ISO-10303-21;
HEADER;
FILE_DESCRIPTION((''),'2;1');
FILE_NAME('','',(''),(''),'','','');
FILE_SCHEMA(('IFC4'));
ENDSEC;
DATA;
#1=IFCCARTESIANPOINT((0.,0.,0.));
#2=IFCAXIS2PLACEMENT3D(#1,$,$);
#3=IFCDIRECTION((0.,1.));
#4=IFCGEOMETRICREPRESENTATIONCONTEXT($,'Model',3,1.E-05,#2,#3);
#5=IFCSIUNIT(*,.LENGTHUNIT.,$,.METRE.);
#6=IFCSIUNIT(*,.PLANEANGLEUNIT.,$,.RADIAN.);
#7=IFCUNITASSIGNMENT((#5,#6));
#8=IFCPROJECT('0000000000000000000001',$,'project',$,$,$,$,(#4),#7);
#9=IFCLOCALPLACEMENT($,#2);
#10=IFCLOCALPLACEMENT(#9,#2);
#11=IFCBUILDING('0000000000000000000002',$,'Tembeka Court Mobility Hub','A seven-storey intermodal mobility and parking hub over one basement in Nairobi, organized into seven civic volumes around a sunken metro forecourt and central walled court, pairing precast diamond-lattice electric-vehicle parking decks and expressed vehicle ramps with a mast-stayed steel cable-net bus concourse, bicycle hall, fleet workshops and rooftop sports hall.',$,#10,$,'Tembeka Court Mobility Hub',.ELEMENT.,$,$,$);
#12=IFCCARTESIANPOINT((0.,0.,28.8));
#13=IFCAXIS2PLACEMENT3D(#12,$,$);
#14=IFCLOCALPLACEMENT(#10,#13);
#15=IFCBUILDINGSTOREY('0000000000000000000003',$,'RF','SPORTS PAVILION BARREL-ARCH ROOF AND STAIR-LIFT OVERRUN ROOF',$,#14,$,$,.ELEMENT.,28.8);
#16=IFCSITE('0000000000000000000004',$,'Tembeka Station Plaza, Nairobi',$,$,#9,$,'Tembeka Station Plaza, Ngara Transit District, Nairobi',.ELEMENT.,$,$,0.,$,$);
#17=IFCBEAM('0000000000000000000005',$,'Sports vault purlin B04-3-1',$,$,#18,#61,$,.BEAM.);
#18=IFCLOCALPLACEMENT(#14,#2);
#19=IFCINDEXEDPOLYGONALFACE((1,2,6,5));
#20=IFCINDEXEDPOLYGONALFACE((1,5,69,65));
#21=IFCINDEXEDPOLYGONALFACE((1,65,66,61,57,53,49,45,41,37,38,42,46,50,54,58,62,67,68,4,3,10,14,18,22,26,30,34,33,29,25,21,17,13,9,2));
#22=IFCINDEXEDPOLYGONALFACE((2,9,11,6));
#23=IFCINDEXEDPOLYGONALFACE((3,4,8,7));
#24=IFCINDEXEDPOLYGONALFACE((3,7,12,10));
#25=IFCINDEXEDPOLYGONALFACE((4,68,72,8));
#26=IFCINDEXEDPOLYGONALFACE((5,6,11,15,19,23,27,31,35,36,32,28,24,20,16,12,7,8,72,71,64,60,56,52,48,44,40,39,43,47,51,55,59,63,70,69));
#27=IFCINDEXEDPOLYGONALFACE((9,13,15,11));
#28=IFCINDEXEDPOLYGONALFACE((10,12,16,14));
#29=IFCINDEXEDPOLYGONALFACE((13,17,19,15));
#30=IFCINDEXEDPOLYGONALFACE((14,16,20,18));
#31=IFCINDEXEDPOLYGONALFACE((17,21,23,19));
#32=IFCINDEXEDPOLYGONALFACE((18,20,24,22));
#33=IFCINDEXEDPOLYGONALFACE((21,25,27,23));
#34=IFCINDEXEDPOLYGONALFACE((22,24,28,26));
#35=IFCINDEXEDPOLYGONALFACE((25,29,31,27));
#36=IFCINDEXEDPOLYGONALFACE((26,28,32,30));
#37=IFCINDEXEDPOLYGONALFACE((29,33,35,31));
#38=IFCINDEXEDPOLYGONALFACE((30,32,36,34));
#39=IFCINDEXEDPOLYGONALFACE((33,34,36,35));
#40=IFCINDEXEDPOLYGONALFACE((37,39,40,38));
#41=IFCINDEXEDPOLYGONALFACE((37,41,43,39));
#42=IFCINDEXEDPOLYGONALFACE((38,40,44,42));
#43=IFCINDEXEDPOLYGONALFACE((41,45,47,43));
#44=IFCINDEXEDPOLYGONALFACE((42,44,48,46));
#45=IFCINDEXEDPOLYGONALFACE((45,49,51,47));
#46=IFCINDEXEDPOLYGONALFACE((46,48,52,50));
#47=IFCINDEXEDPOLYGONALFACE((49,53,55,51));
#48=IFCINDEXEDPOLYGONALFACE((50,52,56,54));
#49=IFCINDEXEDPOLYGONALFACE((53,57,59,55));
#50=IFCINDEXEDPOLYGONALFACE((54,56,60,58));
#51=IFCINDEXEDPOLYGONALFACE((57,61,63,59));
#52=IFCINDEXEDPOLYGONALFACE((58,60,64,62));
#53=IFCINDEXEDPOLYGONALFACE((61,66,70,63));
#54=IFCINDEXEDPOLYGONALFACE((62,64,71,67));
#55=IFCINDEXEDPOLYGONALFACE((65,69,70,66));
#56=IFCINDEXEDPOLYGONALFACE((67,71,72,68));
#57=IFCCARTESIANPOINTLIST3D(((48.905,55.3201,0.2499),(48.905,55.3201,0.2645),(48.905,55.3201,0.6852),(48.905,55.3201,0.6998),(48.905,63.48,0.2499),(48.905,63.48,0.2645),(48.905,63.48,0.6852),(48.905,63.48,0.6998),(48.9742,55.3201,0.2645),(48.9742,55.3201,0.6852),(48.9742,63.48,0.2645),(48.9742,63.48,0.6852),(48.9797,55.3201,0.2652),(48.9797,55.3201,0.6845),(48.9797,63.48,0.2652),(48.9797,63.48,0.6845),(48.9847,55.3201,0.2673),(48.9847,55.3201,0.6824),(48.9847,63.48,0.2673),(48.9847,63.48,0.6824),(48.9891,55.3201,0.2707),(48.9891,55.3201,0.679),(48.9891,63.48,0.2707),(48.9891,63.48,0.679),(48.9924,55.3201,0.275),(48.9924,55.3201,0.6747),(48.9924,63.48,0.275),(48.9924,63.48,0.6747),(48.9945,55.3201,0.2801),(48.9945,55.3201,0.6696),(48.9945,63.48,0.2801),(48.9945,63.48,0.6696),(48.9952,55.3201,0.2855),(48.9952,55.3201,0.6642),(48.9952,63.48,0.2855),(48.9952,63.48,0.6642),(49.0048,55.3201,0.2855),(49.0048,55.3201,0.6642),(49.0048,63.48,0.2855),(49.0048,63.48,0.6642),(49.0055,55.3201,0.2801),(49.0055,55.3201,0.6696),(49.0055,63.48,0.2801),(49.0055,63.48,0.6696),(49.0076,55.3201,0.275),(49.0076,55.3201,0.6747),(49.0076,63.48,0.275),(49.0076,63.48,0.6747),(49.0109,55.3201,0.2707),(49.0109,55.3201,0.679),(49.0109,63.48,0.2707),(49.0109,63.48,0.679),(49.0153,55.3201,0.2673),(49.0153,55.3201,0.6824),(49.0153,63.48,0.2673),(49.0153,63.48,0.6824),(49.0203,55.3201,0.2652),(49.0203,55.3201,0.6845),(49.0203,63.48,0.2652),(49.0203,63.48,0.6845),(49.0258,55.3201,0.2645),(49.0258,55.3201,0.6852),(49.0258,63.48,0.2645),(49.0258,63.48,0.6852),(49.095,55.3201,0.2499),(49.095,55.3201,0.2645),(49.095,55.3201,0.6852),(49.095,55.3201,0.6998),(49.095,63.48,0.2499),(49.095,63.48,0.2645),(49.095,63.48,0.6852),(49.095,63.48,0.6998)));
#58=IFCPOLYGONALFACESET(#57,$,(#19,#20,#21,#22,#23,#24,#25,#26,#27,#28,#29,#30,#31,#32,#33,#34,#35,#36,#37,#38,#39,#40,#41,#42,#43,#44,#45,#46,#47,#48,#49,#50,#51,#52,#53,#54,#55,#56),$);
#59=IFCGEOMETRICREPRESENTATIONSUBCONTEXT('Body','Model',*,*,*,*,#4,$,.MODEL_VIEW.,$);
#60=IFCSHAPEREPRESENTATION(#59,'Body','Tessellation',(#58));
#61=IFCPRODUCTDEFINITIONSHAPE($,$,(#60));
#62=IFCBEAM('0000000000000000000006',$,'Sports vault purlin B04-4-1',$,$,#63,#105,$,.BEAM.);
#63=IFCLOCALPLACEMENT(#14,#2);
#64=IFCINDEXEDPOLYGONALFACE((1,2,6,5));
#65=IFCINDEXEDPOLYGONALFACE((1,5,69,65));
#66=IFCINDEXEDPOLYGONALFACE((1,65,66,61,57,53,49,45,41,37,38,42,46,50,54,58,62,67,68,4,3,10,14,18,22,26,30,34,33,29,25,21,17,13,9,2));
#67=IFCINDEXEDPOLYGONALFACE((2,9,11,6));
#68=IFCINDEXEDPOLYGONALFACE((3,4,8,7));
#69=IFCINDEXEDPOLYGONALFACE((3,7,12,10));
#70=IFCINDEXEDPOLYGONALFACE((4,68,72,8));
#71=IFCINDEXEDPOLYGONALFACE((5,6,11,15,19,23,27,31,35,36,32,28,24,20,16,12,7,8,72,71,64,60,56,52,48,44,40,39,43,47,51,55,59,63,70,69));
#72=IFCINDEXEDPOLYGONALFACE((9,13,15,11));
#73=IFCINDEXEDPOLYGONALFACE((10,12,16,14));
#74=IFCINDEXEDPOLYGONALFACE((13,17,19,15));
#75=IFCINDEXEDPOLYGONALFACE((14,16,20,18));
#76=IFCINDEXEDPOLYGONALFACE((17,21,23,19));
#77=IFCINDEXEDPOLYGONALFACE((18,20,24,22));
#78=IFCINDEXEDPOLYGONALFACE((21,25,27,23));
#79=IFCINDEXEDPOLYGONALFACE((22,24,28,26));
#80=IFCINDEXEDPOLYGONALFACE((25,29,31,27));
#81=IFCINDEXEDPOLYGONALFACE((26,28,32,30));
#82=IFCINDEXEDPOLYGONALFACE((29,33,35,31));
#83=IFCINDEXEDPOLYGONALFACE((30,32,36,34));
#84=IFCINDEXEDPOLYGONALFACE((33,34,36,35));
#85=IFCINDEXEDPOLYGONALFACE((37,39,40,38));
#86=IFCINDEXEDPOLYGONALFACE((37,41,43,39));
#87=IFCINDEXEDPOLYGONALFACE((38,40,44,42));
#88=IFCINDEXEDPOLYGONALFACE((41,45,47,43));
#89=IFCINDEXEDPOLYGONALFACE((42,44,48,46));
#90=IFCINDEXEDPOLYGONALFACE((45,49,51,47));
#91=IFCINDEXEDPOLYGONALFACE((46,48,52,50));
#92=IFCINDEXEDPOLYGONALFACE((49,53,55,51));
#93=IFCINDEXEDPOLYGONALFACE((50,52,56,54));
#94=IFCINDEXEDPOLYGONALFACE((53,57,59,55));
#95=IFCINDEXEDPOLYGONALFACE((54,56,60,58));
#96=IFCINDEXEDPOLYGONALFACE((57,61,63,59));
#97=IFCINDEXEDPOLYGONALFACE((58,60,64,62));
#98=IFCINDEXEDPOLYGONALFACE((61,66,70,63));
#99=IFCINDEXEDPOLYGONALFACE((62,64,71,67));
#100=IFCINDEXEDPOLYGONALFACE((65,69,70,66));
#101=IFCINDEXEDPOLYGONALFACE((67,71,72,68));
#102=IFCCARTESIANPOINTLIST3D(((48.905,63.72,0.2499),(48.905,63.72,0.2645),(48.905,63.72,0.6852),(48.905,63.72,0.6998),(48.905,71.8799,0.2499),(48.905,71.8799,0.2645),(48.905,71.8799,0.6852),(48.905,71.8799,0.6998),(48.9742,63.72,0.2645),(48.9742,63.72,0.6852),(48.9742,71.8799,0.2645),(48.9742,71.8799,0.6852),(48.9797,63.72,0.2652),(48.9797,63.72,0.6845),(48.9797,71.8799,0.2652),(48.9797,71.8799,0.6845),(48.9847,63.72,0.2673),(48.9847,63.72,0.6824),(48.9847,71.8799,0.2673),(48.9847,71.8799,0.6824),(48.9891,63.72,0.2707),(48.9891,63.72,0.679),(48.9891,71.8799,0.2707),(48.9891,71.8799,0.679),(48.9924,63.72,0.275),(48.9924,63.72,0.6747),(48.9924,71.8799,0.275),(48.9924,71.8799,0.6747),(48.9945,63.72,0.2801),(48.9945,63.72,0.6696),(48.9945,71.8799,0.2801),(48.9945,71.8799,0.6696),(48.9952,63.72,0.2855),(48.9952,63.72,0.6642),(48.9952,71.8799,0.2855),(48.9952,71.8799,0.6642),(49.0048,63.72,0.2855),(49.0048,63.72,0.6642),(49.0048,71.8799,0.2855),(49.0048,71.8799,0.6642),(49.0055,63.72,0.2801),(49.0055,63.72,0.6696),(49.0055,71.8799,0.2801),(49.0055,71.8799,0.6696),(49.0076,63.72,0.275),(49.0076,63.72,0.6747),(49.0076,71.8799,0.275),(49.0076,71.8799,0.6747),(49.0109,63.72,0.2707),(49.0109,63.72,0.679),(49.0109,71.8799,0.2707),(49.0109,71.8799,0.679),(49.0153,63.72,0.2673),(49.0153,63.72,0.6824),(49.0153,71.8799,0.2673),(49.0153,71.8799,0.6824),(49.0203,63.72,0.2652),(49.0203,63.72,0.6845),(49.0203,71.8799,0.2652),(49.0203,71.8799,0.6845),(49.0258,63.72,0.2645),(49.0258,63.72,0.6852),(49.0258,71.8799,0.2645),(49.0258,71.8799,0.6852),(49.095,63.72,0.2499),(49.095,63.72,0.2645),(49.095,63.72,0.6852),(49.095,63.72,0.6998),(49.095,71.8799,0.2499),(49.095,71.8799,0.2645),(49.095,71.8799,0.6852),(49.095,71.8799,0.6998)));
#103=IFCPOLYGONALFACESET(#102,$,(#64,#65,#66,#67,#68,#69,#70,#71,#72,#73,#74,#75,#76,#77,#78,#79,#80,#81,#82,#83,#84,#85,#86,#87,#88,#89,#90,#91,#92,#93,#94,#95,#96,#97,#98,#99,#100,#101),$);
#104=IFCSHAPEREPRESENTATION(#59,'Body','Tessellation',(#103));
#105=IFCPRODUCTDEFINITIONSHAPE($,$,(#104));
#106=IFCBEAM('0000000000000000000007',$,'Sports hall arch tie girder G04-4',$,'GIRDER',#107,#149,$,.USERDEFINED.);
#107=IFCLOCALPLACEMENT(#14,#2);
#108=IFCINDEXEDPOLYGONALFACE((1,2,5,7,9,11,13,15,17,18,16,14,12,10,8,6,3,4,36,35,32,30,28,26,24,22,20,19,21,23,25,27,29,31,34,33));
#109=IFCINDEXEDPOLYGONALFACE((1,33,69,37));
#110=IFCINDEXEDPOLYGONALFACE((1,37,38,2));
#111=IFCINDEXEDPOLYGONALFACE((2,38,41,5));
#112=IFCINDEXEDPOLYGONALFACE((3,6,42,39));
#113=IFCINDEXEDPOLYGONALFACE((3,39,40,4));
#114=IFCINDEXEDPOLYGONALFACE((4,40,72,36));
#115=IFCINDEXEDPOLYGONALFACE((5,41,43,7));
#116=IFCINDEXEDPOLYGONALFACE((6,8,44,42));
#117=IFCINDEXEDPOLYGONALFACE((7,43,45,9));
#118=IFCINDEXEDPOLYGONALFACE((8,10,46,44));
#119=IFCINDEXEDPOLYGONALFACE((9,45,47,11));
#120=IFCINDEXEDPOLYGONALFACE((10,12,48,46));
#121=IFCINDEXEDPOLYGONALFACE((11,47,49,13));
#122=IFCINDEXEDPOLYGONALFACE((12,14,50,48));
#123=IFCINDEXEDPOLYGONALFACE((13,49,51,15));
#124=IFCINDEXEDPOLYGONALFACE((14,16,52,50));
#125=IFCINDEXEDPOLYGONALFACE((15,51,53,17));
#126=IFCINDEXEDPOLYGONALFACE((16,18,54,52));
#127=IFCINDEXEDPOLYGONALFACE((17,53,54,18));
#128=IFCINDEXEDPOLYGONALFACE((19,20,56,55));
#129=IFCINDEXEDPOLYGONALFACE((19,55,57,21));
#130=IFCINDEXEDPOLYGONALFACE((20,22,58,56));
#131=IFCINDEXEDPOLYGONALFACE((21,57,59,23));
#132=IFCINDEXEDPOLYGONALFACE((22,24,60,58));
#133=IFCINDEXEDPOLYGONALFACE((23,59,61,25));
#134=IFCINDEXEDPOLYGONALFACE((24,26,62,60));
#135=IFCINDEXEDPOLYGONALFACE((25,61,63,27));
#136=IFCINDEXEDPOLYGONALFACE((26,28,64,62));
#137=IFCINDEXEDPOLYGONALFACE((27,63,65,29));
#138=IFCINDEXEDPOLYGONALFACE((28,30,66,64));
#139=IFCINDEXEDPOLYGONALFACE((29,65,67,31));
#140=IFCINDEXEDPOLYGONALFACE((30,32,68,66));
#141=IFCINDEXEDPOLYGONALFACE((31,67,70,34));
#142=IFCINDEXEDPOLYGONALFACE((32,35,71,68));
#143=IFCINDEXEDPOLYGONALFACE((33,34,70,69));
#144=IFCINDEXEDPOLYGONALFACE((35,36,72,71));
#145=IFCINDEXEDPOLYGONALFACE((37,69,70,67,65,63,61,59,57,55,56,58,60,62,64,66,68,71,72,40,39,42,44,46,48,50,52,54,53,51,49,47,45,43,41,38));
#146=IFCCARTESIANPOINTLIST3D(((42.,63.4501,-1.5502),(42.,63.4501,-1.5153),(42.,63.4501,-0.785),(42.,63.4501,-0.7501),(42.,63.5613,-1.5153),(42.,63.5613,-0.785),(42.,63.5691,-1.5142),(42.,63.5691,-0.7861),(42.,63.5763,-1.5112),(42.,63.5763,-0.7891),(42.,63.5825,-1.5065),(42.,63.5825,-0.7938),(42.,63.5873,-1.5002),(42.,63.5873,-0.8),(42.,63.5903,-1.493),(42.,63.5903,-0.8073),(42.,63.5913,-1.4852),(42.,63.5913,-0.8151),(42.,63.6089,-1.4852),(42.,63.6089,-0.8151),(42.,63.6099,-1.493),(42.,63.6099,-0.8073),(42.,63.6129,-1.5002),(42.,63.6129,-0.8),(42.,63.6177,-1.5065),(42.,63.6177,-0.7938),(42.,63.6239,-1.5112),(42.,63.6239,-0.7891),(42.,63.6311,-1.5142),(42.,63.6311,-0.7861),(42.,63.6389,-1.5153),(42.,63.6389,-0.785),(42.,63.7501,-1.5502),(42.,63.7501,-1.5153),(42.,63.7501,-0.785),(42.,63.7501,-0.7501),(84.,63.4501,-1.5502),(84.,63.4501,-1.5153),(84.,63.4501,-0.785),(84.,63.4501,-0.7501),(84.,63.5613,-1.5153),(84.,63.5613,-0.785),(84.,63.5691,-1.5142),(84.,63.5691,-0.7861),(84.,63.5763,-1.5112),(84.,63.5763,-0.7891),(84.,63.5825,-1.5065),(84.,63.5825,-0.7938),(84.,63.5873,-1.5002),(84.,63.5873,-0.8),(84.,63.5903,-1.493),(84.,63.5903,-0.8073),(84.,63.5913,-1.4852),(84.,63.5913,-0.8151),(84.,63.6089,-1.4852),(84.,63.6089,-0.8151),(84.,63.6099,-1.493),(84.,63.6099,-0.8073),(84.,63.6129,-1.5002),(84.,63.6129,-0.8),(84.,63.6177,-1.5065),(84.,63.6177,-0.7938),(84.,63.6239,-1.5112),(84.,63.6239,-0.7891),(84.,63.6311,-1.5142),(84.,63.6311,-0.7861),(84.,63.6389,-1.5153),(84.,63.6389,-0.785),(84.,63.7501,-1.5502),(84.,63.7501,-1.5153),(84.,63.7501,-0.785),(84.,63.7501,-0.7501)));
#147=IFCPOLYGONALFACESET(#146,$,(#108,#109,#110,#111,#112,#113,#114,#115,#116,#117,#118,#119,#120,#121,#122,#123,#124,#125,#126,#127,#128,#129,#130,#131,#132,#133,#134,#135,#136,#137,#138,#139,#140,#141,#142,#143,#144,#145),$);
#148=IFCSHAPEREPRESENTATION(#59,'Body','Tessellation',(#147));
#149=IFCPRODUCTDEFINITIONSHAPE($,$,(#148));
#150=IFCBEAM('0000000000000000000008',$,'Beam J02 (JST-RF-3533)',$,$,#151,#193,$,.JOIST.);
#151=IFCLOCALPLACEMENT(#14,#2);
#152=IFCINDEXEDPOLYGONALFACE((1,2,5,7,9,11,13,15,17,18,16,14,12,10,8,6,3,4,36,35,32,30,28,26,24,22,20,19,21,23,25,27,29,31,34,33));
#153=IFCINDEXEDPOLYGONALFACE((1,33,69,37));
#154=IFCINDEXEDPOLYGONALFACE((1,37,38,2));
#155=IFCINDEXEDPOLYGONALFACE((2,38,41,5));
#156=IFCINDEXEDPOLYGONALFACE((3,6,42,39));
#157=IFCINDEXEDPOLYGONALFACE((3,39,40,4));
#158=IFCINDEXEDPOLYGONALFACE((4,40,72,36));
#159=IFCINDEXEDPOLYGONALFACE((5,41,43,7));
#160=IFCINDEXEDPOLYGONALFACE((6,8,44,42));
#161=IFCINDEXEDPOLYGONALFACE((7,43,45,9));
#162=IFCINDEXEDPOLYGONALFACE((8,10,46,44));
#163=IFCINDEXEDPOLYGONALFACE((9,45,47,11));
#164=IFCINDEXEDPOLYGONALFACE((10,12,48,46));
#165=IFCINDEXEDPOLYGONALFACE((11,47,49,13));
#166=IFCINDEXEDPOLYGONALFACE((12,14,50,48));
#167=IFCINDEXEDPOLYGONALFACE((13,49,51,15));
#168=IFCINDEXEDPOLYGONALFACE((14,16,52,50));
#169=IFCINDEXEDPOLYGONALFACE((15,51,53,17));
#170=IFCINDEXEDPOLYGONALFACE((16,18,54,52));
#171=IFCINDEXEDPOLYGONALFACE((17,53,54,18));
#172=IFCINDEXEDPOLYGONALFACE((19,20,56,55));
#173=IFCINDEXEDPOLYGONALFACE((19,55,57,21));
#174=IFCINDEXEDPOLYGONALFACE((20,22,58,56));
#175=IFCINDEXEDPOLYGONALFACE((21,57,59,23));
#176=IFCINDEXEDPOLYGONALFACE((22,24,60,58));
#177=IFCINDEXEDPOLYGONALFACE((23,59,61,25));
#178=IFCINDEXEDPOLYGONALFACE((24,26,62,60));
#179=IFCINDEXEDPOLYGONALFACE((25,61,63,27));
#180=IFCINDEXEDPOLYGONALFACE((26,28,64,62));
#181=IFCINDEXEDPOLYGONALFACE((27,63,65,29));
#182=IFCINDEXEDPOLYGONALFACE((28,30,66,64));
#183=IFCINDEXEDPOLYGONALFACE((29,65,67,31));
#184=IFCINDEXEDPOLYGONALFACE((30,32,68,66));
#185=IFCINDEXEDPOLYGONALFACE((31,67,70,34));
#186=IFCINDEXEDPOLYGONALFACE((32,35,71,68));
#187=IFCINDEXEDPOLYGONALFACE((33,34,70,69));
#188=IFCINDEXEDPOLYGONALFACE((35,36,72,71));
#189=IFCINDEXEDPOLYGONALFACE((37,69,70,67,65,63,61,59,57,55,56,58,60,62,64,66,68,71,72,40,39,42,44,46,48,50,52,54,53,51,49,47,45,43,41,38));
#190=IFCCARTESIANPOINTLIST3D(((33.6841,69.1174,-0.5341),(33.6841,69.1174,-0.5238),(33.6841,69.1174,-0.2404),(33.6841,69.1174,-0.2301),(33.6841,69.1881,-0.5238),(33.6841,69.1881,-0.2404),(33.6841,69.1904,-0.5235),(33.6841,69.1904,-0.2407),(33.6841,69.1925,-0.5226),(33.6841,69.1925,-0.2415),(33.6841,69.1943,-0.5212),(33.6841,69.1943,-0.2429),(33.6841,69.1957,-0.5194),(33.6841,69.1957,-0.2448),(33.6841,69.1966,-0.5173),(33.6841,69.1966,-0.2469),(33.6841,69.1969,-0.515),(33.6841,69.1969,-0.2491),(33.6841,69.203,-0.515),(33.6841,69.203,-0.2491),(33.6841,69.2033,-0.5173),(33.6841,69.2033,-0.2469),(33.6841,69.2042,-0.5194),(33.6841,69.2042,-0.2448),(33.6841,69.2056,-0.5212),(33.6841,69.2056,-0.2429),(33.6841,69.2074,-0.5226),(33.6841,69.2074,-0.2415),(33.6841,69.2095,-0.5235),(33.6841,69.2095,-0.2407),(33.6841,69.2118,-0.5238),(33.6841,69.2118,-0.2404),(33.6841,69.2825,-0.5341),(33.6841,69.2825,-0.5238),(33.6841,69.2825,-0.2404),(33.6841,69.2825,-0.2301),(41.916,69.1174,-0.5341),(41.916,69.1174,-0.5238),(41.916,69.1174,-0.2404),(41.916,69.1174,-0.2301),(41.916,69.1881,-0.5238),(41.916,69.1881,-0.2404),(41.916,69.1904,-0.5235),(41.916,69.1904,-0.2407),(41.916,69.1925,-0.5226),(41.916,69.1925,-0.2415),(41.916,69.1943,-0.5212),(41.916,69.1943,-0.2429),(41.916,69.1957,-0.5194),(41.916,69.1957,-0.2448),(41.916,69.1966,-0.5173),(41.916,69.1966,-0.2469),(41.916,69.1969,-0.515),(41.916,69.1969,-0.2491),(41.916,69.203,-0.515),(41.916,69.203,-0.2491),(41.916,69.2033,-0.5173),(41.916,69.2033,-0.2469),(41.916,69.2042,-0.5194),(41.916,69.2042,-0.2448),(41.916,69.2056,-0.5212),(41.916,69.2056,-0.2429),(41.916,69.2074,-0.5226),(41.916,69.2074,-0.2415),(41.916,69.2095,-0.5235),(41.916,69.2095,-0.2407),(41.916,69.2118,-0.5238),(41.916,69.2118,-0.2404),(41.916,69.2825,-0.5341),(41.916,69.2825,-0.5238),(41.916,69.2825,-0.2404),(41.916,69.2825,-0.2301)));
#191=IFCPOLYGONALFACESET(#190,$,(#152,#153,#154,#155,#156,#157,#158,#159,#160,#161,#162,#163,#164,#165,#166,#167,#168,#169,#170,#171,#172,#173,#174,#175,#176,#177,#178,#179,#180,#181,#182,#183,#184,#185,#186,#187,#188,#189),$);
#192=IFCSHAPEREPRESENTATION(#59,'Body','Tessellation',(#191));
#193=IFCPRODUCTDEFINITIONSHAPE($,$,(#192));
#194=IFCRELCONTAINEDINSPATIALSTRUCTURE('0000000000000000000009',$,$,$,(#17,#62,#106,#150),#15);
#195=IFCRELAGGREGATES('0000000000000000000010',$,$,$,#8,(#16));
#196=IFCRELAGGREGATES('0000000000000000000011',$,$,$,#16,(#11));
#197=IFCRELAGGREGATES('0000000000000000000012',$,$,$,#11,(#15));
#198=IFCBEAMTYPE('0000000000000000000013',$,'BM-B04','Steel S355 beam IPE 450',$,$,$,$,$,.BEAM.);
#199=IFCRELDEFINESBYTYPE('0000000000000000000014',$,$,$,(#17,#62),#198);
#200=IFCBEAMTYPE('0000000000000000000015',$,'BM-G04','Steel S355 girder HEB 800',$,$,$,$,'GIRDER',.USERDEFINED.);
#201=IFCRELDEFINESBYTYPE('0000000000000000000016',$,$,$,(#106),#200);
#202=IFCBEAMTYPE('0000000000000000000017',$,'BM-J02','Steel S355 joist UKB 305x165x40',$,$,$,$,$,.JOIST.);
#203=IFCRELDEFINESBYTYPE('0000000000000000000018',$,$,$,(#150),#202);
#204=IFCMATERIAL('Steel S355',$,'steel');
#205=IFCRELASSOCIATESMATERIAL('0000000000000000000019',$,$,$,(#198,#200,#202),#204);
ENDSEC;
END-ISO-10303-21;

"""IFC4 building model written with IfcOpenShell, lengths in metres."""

from ifc_helpers import new_model, si_unit, direction, frame, origin, origin_2d, place, context, subcontext, project, spatial, i_section, extrude, material, material_profile, profile_set, type_object, element, save


model = new_model("IFC4")

# Units and contexts
model_context = context("Model", 3, precision=1e-05, world=origin(), true_north=direction((0.0, 1.0)))
body_context = subcontext(model_context, "Body", "Model", "MODEL_VIEW")
ifc_project = project(units=[si_unit("LENGTHUNIT", "METRE"), si_unit("PLANEANGLEUNIT", "RADIAN")], contexts=[model_context])

# Site, building, storey
site_placement = place(None, origin())
site = spatial("IfcSite", under=ifc_project, at=site_placement, Name="Tembeka Station Plaza, Nairobi", LongName="Tembeka Station Plaza, Ngara Transit District, Nairobi", CompositionType="ELEMENT", RefElevation=0.0)
building_placement = place(site_placement, origin())
building = spatial("IfcBuilding", under=site, at=building_placement, Name="Tembeka Court Mobility Hub", Description="A seven-storey intermodal mobility and parking hub over one basement in Nairobi, organized into seven civic volumes around a sunken metro forecourt and central walled court, pairing precast diamond-lattice electric-vehicle parking decks and expressed vehicle ramps with a mast-stayed steel cable-net bus concourse, bicycle hall, fleet workshops and rooftop sports hall.", LongName="Tembeka Court Mobility Hub", CompositionType="ELEMENT")
storey_placement = place(building_placement, frame((0.0, 0.0, 28.8)))
storey = spatial("IfcBuildingStorey", under=building, at=storey_placement, Name="RF", Description="SPORTS PAVILION BARREL-ARCH ROOF AND STAIR-LIFT OVERRUN ROOF", CompositionType="ELEMENT", Elevation=28.8)

# Beams
ifc_material_1 = material(Name="Steel S355", Category="steel")
ifc_material_profile_1 = material_profile(ifc_material_1, i_section(OverallWidth=0.1899, OverallDepth=0.45, WebThickness=0.0095, FlangeThickness=0.0146, FilletRadius=0.021, at=origin_2d()), Name="IPE 450")
ifc_profile_set_1 = profile_set([ifc_material_profile_1], Name="Steel S355")
beam_type_1 = type_object("IfcBeamType", Name="BM-B04", Description="Steel S355 beam IPE 450", PredefinedType="BEAM", material=ifc_profile_set_1)
for number, where, z_axis, x_axis, name in (
    (1, (49.0, 55.3201, 0.4749), (0.0, 1.0, 0.0), (-1.0, 0.0, 0.0), "Sports vault purlin B04-3-1"),
    (2, (49.0, 63.72, 0.4749), (0.0, 1.0, 0.0), (-1.0, 0.0, 0.0), "Sports vault purlin B04-4-1"),
):
    element("IfcBeam", number, at=place(storey_placement, frame(where, z_axis=z_axis, x_axis=x_axis)), inside=storey, type_object=beam_type_1, Name=name, PredefinedType="BEAM", context=body_context, shape_type="SweptSolid", body=[
        extrude(i_section(OverallWidth=0.1899, OverallDepth=0.45, WebThickness=0.0095, FlangeThickness=0.0146, FilletRadius=0.021, at=origin_2d()), origin(), (0.0, 0.0, 1.0), 8.1599),
    ])
ifc_material_profile_2 = material_profile(ifc_material_1, i_section(OverallWidth=0.3, OverallDepth=0.8, WebThickness=0.0176, FlangeThickness=0.0349, FilletRadius=0.03, at=origin_2d()), Name="HEB 800")
ifc_profile_set_2 = profile_set([ifc_material_profile_2], Name="Steel S355")
beam_type_2 = type_object("IfcBeamType", Name="BM-G04", Description="Steel S355 girder HEB 800", ElementType="GIRDER", PredefinedType="USERDEFINED", material=ifc_profile_set_2)
beam_1_placement = place(storey_placement, frame((42.0, 63.6001, -1.1501), z_axis=(1.0, 0.0, 0.0), x_axis=(0.0, 1.0, 0.0)))
element("IfcBeam", 3, at=beam_1_placement, inside=storey, type_object=beam_type_2, Name="Sports hall arch tie girder G04-4", ObjectType="GIRDER", PredefinedType="USERDEFINED", context=body_context, shape_type="SweptSolid", body=[
    extrude(i_section(OverallWidth=0.3, OverallDepth=0.8, WebThickness=0.0176, FlangeThickness=0.0349, FilletRadius=0.03, at=origin_2d()), origin(), (0.0, 0.0, 1.0), 42.0),
])
ifc_material_profile_3 = material_profile(ifc_material_1, i_section(OverallWidth=0.165, OverallDepth=0.304, WebThickness=0.0061, FlangeThickness=0.0103, FilletRadius=0.0088, at=origin_2d()), Name="UKB 305x165x40")
ifc_profile_set_3 = profile_set([ifc_material_profile_3], Name="Steel S355")
beam_type_3 = type_object("IfcBeamType", Name="BM-J02", Description="Steel S355 joist UKB 305x165x40", PredefinedType="JOIST", material=ifc_profile_set_3)
beam_2_placement = place(storey_placement, frame((33.6841, 69.2, -0.3821), z_axis=(1.0, 0.0, 0.0), x_axis=(0.0, 1.0, 0.0)))
element("IfcBeam", 4, at=beam_2_placement, inside=storey, type_object=beam_type_3, Name="Beam J02 (JST-RF-3533)", PredefinedType="JOIST", context=body_context, shape_type="SweptSolid", body=[
    extrude(i_section(OverallWidth=0.165, OverallDepth=0.304, WebThickness=0.0061, FlangeThickness=0.0103, FilletRadius=0.0088, at=origin_2d()), origin(), (0.0, 0.0, 1.0), 8.2319),
])

save(model, "model.ifc")
